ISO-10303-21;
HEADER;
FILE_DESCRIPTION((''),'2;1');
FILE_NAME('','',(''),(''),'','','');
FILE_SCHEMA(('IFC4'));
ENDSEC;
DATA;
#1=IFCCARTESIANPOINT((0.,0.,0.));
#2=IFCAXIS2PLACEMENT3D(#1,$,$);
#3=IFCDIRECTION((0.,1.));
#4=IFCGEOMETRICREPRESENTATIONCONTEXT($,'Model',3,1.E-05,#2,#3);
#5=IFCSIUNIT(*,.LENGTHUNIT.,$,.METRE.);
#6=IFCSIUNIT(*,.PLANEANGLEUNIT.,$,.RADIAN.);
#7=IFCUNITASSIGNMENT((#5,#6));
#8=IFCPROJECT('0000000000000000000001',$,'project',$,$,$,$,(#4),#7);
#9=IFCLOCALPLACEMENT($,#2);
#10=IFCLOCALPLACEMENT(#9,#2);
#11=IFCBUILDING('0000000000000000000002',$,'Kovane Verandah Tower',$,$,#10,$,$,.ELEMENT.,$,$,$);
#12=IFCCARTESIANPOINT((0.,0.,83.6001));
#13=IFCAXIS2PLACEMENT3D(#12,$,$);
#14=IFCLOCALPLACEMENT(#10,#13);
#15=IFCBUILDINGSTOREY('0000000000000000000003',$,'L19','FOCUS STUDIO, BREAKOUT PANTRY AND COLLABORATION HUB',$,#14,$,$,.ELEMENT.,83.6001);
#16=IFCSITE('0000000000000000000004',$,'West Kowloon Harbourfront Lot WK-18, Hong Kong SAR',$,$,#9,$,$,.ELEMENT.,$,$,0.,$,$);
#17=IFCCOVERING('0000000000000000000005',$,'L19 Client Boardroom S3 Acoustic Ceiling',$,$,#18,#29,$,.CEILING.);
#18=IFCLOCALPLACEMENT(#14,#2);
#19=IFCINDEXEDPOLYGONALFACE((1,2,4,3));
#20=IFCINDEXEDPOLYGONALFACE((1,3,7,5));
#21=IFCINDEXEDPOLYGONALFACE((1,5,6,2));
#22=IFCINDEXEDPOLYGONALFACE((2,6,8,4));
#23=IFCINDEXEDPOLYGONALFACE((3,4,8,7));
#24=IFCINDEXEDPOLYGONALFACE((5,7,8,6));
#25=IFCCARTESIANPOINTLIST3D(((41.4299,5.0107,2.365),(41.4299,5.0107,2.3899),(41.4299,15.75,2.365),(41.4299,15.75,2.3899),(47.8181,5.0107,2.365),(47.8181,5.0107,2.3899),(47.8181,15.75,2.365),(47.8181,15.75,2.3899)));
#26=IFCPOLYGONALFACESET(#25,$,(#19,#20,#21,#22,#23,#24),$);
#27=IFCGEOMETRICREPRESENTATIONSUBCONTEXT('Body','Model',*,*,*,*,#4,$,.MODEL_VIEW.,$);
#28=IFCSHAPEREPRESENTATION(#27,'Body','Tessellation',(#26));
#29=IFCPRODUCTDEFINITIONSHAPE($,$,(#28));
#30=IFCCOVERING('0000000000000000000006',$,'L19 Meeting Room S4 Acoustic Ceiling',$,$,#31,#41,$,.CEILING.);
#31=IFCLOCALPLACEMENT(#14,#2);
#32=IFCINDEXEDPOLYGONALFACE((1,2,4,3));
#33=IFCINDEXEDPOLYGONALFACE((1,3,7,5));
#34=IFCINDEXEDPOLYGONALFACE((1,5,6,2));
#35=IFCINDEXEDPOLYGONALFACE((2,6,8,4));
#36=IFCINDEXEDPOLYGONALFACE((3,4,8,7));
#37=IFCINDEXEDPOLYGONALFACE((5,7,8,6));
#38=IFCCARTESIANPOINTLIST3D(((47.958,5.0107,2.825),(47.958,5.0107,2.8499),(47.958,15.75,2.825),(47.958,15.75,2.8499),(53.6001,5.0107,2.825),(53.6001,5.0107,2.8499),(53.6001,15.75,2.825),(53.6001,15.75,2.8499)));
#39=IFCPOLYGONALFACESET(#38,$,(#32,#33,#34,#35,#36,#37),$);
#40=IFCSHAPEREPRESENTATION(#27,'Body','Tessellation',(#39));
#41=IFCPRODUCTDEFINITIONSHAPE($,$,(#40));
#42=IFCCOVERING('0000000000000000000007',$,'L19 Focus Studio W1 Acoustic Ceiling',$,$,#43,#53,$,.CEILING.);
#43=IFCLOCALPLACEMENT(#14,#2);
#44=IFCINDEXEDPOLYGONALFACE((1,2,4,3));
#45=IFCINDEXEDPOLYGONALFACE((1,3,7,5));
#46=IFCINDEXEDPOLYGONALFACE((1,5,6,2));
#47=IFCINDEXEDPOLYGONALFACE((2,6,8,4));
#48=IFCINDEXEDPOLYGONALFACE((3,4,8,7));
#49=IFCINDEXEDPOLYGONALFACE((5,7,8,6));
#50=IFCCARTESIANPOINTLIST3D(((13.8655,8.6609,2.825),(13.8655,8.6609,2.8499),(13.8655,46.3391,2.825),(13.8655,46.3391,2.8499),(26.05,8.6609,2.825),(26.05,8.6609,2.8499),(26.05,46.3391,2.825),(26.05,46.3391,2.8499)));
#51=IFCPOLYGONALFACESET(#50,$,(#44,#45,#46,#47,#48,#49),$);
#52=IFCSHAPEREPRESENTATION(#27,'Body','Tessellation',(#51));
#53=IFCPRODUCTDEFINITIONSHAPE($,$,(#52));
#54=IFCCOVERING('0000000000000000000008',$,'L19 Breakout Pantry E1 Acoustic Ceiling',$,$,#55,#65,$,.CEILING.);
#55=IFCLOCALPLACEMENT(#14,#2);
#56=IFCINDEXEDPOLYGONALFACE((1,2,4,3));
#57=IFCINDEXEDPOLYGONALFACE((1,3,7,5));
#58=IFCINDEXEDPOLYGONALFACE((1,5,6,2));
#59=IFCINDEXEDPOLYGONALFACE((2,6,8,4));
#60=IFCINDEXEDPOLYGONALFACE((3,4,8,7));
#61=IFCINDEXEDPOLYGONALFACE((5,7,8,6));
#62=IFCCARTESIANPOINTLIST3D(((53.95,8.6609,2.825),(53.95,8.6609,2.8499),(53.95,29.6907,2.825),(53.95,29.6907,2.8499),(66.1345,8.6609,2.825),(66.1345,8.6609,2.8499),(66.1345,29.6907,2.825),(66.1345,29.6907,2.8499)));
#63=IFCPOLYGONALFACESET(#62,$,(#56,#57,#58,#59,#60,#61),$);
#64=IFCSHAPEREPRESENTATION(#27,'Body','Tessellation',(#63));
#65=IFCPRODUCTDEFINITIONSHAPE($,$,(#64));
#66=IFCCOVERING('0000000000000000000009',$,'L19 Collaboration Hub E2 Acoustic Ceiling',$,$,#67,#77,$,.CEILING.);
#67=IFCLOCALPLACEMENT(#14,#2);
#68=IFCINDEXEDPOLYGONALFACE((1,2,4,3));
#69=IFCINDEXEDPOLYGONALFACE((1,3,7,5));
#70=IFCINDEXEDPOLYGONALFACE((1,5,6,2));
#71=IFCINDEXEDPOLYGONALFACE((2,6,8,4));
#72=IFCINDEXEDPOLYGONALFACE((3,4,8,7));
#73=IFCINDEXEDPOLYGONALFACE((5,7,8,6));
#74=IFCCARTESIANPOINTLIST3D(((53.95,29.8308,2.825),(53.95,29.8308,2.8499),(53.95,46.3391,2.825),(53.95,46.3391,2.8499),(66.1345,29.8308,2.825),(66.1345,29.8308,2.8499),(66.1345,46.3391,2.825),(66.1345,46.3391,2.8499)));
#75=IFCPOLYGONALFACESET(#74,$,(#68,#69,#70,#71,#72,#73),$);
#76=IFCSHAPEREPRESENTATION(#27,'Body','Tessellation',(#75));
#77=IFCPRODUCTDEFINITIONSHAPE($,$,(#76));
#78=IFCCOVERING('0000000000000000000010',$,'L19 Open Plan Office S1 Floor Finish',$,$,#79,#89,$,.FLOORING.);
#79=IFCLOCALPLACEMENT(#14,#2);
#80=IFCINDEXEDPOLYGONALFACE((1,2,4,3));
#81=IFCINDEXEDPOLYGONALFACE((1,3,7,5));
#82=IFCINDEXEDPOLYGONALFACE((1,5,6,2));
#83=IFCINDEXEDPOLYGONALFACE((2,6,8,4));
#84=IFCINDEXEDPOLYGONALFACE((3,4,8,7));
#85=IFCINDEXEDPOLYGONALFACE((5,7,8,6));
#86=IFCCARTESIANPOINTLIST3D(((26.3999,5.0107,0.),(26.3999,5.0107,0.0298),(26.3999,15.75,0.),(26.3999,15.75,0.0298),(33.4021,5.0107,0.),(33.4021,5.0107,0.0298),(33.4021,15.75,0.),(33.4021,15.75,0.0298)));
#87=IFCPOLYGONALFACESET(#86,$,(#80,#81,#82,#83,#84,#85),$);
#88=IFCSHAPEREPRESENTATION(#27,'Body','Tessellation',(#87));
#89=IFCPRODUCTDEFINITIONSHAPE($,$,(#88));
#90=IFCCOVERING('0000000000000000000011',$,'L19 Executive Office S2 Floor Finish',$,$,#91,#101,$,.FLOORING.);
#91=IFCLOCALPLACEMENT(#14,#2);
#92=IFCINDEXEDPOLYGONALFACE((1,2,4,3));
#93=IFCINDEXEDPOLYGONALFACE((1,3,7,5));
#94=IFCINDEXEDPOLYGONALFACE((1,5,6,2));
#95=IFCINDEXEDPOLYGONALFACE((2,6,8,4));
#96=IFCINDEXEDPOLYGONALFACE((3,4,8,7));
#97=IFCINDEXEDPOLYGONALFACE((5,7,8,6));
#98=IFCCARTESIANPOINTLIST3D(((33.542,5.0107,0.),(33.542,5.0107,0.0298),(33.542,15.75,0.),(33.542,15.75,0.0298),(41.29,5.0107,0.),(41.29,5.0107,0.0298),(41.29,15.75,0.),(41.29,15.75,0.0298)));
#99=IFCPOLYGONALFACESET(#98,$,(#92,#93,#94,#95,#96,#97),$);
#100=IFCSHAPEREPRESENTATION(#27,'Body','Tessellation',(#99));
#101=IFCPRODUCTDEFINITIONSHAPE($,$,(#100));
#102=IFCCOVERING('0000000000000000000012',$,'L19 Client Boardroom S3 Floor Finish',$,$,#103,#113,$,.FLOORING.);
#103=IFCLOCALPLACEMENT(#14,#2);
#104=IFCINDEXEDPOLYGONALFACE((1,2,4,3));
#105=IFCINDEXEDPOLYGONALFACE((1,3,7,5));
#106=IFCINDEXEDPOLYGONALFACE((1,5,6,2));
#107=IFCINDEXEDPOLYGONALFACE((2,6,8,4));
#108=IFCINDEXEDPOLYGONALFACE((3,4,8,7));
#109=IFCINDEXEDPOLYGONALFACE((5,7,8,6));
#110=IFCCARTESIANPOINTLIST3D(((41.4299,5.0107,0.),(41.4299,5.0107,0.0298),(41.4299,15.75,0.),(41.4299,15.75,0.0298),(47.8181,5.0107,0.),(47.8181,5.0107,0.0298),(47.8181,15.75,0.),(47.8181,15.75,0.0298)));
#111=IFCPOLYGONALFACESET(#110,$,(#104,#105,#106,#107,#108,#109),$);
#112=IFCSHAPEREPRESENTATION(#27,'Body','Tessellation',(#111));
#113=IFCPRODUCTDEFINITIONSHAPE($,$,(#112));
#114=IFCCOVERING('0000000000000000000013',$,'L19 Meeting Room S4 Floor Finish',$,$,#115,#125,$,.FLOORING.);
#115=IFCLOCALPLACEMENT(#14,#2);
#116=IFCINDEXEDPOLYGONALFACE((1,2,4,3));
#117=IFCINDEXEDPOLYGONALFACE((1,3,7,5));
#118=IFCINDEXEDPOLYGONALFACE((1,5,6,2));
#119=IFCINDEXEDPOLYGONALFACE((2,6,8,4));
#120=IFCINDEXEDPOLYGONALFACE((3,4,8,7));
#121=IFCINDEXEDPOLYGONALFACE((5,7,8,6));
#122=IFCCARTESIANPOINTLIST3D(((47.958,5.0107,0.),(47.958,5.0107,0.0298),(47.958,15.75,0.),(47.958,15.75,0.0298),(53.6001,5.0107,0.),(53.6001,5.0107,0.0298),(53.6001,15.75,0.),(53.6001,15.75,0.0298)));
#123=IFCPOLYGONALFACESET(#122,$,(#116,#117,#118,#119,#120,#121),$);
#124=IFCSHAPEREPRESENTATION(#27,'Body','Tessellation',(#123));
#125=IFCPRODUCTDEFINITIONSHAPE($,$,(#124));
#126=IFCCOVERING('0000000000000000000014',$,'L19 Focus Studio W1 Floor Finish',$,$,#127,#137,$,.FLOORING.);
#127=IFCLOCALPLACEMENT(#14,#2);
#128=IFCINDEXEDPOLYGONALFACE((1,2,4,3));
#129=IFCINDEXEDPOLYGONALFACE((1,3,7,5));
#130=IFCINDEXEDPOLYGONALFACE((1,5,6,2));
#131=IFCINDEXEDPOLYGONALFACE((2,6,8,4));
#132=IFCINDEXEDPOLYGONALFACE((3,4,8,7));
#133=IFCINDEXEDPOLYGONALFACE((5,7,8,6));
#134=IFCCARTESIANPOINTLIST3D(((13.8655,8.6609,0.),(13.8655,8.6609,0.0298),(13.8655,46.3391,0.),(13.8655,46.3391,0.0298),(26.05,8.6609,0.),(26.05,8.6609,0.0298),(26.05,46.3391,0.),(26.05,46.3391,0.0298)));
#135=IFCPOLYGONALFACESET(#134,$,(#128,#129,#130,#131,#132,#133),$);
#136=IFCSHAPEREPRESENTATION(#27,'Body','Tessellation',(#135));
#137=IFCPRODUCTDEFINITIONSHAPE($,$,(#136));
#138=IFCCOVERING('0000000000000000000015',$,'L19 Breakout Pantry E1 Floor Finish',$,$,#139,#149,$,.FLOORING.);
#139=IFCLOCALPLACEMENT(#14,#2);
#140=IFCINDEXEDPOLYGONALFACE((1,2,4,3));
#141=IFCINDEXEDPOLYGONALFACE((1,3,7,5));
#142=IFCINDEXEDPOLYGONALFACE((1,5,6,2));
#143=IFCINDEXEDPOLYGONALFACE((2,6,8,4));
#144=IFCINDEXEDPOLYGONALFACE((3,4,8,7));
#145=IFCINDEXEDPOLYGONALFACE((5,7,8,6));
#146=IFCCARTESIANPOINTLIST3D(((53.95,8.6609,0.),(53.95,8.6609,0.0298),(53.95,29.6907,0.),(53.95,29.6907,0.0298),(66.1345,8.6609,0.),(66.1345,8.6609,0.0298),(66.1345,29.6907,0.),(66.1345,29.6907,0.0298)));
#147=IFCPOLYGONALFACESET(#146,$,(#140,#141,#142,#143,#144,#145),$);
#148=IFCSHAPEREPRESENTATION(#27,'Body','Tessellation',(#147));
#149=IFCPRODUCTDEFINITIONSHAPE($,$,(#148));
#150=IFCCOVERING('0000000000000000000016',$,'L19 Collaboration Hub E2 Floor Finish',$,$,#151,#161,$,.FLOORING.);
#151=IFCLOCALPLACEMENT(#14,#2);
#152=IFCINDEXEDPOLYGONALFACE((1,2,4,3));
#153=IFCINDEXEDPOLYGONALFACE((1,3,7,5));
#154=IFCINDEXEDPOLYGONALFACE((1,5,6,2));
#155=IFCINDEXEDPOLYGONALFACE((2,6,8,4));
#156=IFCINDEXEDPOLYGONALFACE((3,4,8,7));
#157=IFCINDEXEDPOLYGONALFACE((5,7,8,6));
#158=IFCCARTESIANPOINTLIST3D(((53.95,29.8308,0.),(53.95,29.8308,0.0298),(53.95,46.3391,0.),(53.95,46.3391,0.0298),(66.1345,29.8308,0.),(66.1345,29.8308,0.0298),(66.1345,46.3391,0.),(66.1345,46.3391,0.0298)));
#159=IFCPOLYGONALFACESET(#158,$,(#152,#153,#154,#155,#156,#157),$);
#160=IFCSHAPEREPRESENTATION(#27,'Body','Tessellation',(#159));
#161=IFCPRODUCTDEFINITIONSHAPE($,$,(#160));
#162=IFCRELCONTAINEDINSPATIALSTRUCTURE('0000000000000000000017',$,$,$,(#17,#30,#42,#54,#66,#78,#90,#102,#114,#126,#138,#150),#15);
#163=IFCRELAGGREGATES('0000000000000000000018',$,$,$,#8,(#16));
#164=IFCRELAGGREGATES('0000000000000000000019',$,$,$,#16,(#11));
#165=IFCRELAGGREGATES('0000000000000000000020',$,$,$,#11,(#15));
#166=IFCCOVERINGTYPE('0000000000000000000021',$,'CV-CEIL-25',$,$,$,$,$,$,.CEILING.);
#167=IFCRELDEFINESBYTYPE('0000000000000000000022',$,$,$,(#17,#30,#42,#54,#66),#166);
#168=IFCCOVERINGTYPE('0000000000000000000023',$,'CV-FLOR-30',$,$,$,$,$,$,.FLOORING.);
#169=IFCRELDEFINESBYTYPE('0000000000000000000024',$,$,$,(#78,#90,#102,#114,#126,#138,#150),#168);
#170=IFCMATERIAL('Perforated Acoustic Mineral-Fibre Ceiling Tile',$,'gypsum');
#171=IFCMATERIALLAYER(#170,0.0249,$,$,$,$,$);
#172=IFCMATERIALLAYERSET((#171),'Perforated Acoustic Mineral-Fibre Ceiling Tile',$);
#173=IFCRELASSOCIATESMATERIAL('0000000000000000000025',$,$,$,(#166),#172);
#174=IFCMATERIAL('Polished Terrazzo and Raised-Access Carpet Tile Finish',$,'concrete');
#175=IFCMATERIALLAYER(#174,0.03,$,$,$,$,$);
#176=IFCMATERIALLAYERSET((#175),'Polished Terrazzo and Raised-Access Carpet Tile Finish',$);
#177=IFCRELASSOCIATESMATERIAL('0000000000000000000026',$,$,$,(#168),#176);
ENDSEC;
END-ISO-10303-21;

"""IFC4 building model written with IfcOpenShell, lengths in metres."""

from ifc_helpers import new_model, si_unit, direction, frame, origin, place, context, subcontext, project, spatial, polyline, outline, extrude, material, layer, layer_set, type_object, element, save


model = new_model("IFC4")

# Units and contexts
model_context = context("Model", 3, precision=1e-05, world=origin(), true_north=direction((0.0, 1.0)))
body_context = subcontext(model_context, "Body", "Model", "MODEL_VIEW")
ifc_project = project(units=[si_unit("LENGTHUNIT", "METRE"), si_unit("PLANEANGLEUNIT", "RADIAN")], contexts=[model_context])

# Site, building, storey
site_placement = place(None, origin())
site = spatial("IfcSite", under=ifc_project, at=site_placement, Name="West Kowloon Harbourfront Lot WK-18, Hong Kong SAR", CompositionType="ELEMENT", RefElevation=0.0)
building_placement = place(site_placement, origin())
building = spatial("IfcBuilding", under=site, at=building_placement, Name="Kovane Verandah Tower", CompositionType="ELEMENT")
storey_placement = place(building_placement, frame((0.0, 0.0, 83.6001)))
storey = spatial("IfcBuildingStorey", under=building, at=storey_placement, Name="L19", Description="FOCUS STUDIO, BREAKOUT PANTRY AND COLLABORATION HUB", CompositionType="ELEMENT", Elevation=83.6001)

# Coverings
ifc_material_1 = material(Name="Perforated Acoustic Mineral-Fibre Ceiling Tile", Category="gypsum")
ifc_layer_1 = layer(ifc_material_1, 0.0249)
ifc_layer_set_1 = layer_set([ifc_layer_1], Name="Perforated Acoustic Mineral-Fibre Ceiling Tile")
covering_type_1 = type_object("IfcCoveringType", Name="CV-CEIL-25", PredefinedType="CEILING", material=ifc_layer_set_1)
covering_1_placement = place(storey_placement, frame((0.0, 0.0, 2.365)))
element("IfcCovering", 1, at=covering_1_placement, inside=storey, type_object=covering_type_1, Name="L19 Client Boardroom S3 Acoustic Ceiling", PredefinedType="CEILING", context=body_context, shape_type="SweptSolid", body=[
    extrude(outline(polyline([(41.4299, 5.0107), (47.8181, 5.0107), (47.8181, 15.75), (41.4299, 15.75), (41.4299, 5.0107)])), origin(), (0.0, 0.0, 1.0), 0.0249),
])
covering_2_placement = place(storey_placement, frame((0.0, 0.0, 2.825)))
element("IfcCovering", 2, at=covering_2_placement, inside=storey, type_object=covering_type_1, Name="L19 Meeting Room S4 Acoustic Ceiling", PredefinedType="CEILING", context=body_context, shape_type="SweptSolid", body=[
    extrude(outline(polyline([(47.958, 5.0107), (53.6001, 5.0107), (53.6001, 15.75), (47.958, 15.75), (47.958, 5.0107)])), origin(), (0.0, 0.0, 1.0), 0.0249),
])
covering_3_placement = place(storey_placement, frame((0.0, 0.0, 2.825)))
element("IfcCovering", 3, at=covering_3_placement, inside=storey, type_object=covering_type_1, Name="L19 Focus Studio W1 Acoustic Ceiling", PredefinedType="CEILING", context=body_context, shape_type="SweptSolid", body=[
    extrude(outline(polyline([(13.8655, 8.6609), (26.05, 8.6609), (26.05, 46.3391), (13.8655, 46.3391), (13.8655, 8.6609)])), origin(), (0.0, 0.0, 1.0), 0.0249),
])
covering_4_placement = place(storey_placement, frame((0.0, 0.0, 2.825)))
element("IfcCovering", 4, at=covering_4_placement, inside=storey, type_object=covering_type_1, Name="L19 Breakout Pantry E1 Acoustic Ceiling", PredefinedType="CEILING", context=body_context, shape_type="SweptSolid", body=[
    extrude(outline(polyline([(53.95, 8.6609), (66.1345, 8.6609), (66.1345, 29.6907), (53.95, 29.6907), (53.95, 8.6609)])), origin(), (0.0, 0.0, 1.0), 0.0249),
])
covering_5_placement = place(storey_placement, frame((0.0, 0.0, 2.825)))
element("IfcCovering", 5, at=covering_5_placement, inside=storey, type_object=covering_type_1, Name="L19 Collaboration Hub E2 Acoustic Ceiling", PredefinedType="CEILING", context=body_context, shape_type="SweptSolid", body=[
    extrude(outline(polyline([(53.95, 29.8308), (66.1345, 29.8308), (66.1345, 46.3391), (53.95, 46.3391), (53.95, 29.8308)])), origin(), (0.0, 0.0, 1.0), 0.0249),
])
ifc_material_2 = material(Name="Polished Terrazzo and Raised-Access Carpet Tile Finish", Category="concrete")
ifc_layer_2 = layer(ifc_material_2, 0.03)
ifc_layer_set_2 = layer_set([ifc_layer_2], Name="Polished Terrazzo and Raised-Access Carpet Tile Finish")
covering_type_2 = type_object("IfcCoveringType", Name="CV-FLOR-30", PredefinedType="FLOORING", material=ifc_layer_set_2)
covering_6_placement = place(storey_placement, origin())
element("IfcCovering", 6, at=covering_6_placement, inside=storey, type_object=covering_type_2, Name="L19 Open Plan Office S1 Floor Finish", PredefinedType="FLOORING", context=body_context, shape_type="SweptSolid", body=[
    extrude(outline(polyline([(26.3999, 5.0107), (33.4021, 5.0107), (33.4021, 15.75), (26.3999, 15.75), (26.3999, 5.0107)])), origin(), (0.0, 0.0, 1.0), 0.0298),
])
covering_7_placement = place(storey_placement, origin())
element("IfcCovering", 7, at=covering_7_placement, inside=storey, type_object=covering_type_2, Name="L19 Executive Office S2 Floor Finish", PredefinedType="FLOORING", context=body_context, shape_type="SweptSolid", body=[
    extrude(outline(polyline([(33.542, 5.0107), (41.29, 5.0107), (41.29, 15.75), (33.542, 15.75), (33.542, 5.0107)])), origin(), (0.0, 0.0, 1.0), 0.0298),
])
covering_8_placement = place(storey_placement, origin())
element("IfcCovering", 8, at=covering_8_placement, inside=storey, type_object=covering_type_2, Name="L19 Client Boardroom S3 Floor Finish", PredefinedType="FLOORING", context=body_context, shape_type="SweptSolid", body=[
    extrude(outline(polyline([(41.4299, 5.0107), (47.8181, 5.0107), (47.8181, 15.75), (41.4299, 15.75), (41.4299, 5.0107)])), origin(), (0.0, 0.0, 1.0), 0.0298),
])
covering_9_placement = place(storey_placement, origin())
element("IfcCovering", 9, at=covering_9_placement, inside=storey, type_object=covering_type_2, Name="L19 Meeting Room S4 Floor Finish", PredefinedType="FLOORING", context=body_context, shape_type="SweptSolid", body=[
    extrude(outline(polyline([(47.958, 5.0107), (53.6001, 5.0107), (53.6001, 15.75), (47.958, 15.75), (47.958, 5.0107)])), origin(), (0.0, 0.0, 1.0), 0.0298),
])
covering_10_placement = place(storey_placement, origin())
element("IfcCovering", 10, at=covering_10_placement, inside=storey, type_object=covering_type_2, Name="L19 Focus Studio W1 Floor Finish", PredefinedType="FLOORING", context=body_context, shape_type="SweptSolid", body=[
    extrude(outline(polyline([(13.8655, 8.6609), (26.05, 8.6609), (26.05, 46.3391), (13.8655, 46.3391), (13.8655, 8.6609)])), origin(), (0.0, 0.0, 1.0), 0.0298),
])
covering_11_placement = place(storey_placement, origin())
element("IfcCovering", 11, at=covering_11_placement, inside=storey, type_object=covering_type_2, Name="L19 Breakout Pantry E1 Floor Finish", PredefinedType="FLOORING", context=body_context, shape_type="SweptSolid", body=[
    extrude(outline(polyline([(53.95, 8.6609), (66.1345, 8.6609), (66.1345, 29.6907), (53.95, 29.6907), (53.95, 8.6609)])), origin(), (0.0, 0.0, 1.0), 0.0298),
])
covering_12_placement = place(storey_placement, origin())
element("IfcCovering", 12, at=covering_12_placement, inside=storey, type_object=covering_type_2, Name="L19 Collaboration Hub E2 Floor Finish", PredefinedType="FLOORING", context=body_context, shape_type="SweptSolid", body=[
    extrude(outline(polyline([(53.95, 29.8308), (66.1345, 29.8308), (66.1345, 46.3391), (53.95, 46.3391), (53.95, 29.8308)])), origin(), (0.0, 0.0, 1.0), 0.0298),
])

save(model, "model.ifc")
